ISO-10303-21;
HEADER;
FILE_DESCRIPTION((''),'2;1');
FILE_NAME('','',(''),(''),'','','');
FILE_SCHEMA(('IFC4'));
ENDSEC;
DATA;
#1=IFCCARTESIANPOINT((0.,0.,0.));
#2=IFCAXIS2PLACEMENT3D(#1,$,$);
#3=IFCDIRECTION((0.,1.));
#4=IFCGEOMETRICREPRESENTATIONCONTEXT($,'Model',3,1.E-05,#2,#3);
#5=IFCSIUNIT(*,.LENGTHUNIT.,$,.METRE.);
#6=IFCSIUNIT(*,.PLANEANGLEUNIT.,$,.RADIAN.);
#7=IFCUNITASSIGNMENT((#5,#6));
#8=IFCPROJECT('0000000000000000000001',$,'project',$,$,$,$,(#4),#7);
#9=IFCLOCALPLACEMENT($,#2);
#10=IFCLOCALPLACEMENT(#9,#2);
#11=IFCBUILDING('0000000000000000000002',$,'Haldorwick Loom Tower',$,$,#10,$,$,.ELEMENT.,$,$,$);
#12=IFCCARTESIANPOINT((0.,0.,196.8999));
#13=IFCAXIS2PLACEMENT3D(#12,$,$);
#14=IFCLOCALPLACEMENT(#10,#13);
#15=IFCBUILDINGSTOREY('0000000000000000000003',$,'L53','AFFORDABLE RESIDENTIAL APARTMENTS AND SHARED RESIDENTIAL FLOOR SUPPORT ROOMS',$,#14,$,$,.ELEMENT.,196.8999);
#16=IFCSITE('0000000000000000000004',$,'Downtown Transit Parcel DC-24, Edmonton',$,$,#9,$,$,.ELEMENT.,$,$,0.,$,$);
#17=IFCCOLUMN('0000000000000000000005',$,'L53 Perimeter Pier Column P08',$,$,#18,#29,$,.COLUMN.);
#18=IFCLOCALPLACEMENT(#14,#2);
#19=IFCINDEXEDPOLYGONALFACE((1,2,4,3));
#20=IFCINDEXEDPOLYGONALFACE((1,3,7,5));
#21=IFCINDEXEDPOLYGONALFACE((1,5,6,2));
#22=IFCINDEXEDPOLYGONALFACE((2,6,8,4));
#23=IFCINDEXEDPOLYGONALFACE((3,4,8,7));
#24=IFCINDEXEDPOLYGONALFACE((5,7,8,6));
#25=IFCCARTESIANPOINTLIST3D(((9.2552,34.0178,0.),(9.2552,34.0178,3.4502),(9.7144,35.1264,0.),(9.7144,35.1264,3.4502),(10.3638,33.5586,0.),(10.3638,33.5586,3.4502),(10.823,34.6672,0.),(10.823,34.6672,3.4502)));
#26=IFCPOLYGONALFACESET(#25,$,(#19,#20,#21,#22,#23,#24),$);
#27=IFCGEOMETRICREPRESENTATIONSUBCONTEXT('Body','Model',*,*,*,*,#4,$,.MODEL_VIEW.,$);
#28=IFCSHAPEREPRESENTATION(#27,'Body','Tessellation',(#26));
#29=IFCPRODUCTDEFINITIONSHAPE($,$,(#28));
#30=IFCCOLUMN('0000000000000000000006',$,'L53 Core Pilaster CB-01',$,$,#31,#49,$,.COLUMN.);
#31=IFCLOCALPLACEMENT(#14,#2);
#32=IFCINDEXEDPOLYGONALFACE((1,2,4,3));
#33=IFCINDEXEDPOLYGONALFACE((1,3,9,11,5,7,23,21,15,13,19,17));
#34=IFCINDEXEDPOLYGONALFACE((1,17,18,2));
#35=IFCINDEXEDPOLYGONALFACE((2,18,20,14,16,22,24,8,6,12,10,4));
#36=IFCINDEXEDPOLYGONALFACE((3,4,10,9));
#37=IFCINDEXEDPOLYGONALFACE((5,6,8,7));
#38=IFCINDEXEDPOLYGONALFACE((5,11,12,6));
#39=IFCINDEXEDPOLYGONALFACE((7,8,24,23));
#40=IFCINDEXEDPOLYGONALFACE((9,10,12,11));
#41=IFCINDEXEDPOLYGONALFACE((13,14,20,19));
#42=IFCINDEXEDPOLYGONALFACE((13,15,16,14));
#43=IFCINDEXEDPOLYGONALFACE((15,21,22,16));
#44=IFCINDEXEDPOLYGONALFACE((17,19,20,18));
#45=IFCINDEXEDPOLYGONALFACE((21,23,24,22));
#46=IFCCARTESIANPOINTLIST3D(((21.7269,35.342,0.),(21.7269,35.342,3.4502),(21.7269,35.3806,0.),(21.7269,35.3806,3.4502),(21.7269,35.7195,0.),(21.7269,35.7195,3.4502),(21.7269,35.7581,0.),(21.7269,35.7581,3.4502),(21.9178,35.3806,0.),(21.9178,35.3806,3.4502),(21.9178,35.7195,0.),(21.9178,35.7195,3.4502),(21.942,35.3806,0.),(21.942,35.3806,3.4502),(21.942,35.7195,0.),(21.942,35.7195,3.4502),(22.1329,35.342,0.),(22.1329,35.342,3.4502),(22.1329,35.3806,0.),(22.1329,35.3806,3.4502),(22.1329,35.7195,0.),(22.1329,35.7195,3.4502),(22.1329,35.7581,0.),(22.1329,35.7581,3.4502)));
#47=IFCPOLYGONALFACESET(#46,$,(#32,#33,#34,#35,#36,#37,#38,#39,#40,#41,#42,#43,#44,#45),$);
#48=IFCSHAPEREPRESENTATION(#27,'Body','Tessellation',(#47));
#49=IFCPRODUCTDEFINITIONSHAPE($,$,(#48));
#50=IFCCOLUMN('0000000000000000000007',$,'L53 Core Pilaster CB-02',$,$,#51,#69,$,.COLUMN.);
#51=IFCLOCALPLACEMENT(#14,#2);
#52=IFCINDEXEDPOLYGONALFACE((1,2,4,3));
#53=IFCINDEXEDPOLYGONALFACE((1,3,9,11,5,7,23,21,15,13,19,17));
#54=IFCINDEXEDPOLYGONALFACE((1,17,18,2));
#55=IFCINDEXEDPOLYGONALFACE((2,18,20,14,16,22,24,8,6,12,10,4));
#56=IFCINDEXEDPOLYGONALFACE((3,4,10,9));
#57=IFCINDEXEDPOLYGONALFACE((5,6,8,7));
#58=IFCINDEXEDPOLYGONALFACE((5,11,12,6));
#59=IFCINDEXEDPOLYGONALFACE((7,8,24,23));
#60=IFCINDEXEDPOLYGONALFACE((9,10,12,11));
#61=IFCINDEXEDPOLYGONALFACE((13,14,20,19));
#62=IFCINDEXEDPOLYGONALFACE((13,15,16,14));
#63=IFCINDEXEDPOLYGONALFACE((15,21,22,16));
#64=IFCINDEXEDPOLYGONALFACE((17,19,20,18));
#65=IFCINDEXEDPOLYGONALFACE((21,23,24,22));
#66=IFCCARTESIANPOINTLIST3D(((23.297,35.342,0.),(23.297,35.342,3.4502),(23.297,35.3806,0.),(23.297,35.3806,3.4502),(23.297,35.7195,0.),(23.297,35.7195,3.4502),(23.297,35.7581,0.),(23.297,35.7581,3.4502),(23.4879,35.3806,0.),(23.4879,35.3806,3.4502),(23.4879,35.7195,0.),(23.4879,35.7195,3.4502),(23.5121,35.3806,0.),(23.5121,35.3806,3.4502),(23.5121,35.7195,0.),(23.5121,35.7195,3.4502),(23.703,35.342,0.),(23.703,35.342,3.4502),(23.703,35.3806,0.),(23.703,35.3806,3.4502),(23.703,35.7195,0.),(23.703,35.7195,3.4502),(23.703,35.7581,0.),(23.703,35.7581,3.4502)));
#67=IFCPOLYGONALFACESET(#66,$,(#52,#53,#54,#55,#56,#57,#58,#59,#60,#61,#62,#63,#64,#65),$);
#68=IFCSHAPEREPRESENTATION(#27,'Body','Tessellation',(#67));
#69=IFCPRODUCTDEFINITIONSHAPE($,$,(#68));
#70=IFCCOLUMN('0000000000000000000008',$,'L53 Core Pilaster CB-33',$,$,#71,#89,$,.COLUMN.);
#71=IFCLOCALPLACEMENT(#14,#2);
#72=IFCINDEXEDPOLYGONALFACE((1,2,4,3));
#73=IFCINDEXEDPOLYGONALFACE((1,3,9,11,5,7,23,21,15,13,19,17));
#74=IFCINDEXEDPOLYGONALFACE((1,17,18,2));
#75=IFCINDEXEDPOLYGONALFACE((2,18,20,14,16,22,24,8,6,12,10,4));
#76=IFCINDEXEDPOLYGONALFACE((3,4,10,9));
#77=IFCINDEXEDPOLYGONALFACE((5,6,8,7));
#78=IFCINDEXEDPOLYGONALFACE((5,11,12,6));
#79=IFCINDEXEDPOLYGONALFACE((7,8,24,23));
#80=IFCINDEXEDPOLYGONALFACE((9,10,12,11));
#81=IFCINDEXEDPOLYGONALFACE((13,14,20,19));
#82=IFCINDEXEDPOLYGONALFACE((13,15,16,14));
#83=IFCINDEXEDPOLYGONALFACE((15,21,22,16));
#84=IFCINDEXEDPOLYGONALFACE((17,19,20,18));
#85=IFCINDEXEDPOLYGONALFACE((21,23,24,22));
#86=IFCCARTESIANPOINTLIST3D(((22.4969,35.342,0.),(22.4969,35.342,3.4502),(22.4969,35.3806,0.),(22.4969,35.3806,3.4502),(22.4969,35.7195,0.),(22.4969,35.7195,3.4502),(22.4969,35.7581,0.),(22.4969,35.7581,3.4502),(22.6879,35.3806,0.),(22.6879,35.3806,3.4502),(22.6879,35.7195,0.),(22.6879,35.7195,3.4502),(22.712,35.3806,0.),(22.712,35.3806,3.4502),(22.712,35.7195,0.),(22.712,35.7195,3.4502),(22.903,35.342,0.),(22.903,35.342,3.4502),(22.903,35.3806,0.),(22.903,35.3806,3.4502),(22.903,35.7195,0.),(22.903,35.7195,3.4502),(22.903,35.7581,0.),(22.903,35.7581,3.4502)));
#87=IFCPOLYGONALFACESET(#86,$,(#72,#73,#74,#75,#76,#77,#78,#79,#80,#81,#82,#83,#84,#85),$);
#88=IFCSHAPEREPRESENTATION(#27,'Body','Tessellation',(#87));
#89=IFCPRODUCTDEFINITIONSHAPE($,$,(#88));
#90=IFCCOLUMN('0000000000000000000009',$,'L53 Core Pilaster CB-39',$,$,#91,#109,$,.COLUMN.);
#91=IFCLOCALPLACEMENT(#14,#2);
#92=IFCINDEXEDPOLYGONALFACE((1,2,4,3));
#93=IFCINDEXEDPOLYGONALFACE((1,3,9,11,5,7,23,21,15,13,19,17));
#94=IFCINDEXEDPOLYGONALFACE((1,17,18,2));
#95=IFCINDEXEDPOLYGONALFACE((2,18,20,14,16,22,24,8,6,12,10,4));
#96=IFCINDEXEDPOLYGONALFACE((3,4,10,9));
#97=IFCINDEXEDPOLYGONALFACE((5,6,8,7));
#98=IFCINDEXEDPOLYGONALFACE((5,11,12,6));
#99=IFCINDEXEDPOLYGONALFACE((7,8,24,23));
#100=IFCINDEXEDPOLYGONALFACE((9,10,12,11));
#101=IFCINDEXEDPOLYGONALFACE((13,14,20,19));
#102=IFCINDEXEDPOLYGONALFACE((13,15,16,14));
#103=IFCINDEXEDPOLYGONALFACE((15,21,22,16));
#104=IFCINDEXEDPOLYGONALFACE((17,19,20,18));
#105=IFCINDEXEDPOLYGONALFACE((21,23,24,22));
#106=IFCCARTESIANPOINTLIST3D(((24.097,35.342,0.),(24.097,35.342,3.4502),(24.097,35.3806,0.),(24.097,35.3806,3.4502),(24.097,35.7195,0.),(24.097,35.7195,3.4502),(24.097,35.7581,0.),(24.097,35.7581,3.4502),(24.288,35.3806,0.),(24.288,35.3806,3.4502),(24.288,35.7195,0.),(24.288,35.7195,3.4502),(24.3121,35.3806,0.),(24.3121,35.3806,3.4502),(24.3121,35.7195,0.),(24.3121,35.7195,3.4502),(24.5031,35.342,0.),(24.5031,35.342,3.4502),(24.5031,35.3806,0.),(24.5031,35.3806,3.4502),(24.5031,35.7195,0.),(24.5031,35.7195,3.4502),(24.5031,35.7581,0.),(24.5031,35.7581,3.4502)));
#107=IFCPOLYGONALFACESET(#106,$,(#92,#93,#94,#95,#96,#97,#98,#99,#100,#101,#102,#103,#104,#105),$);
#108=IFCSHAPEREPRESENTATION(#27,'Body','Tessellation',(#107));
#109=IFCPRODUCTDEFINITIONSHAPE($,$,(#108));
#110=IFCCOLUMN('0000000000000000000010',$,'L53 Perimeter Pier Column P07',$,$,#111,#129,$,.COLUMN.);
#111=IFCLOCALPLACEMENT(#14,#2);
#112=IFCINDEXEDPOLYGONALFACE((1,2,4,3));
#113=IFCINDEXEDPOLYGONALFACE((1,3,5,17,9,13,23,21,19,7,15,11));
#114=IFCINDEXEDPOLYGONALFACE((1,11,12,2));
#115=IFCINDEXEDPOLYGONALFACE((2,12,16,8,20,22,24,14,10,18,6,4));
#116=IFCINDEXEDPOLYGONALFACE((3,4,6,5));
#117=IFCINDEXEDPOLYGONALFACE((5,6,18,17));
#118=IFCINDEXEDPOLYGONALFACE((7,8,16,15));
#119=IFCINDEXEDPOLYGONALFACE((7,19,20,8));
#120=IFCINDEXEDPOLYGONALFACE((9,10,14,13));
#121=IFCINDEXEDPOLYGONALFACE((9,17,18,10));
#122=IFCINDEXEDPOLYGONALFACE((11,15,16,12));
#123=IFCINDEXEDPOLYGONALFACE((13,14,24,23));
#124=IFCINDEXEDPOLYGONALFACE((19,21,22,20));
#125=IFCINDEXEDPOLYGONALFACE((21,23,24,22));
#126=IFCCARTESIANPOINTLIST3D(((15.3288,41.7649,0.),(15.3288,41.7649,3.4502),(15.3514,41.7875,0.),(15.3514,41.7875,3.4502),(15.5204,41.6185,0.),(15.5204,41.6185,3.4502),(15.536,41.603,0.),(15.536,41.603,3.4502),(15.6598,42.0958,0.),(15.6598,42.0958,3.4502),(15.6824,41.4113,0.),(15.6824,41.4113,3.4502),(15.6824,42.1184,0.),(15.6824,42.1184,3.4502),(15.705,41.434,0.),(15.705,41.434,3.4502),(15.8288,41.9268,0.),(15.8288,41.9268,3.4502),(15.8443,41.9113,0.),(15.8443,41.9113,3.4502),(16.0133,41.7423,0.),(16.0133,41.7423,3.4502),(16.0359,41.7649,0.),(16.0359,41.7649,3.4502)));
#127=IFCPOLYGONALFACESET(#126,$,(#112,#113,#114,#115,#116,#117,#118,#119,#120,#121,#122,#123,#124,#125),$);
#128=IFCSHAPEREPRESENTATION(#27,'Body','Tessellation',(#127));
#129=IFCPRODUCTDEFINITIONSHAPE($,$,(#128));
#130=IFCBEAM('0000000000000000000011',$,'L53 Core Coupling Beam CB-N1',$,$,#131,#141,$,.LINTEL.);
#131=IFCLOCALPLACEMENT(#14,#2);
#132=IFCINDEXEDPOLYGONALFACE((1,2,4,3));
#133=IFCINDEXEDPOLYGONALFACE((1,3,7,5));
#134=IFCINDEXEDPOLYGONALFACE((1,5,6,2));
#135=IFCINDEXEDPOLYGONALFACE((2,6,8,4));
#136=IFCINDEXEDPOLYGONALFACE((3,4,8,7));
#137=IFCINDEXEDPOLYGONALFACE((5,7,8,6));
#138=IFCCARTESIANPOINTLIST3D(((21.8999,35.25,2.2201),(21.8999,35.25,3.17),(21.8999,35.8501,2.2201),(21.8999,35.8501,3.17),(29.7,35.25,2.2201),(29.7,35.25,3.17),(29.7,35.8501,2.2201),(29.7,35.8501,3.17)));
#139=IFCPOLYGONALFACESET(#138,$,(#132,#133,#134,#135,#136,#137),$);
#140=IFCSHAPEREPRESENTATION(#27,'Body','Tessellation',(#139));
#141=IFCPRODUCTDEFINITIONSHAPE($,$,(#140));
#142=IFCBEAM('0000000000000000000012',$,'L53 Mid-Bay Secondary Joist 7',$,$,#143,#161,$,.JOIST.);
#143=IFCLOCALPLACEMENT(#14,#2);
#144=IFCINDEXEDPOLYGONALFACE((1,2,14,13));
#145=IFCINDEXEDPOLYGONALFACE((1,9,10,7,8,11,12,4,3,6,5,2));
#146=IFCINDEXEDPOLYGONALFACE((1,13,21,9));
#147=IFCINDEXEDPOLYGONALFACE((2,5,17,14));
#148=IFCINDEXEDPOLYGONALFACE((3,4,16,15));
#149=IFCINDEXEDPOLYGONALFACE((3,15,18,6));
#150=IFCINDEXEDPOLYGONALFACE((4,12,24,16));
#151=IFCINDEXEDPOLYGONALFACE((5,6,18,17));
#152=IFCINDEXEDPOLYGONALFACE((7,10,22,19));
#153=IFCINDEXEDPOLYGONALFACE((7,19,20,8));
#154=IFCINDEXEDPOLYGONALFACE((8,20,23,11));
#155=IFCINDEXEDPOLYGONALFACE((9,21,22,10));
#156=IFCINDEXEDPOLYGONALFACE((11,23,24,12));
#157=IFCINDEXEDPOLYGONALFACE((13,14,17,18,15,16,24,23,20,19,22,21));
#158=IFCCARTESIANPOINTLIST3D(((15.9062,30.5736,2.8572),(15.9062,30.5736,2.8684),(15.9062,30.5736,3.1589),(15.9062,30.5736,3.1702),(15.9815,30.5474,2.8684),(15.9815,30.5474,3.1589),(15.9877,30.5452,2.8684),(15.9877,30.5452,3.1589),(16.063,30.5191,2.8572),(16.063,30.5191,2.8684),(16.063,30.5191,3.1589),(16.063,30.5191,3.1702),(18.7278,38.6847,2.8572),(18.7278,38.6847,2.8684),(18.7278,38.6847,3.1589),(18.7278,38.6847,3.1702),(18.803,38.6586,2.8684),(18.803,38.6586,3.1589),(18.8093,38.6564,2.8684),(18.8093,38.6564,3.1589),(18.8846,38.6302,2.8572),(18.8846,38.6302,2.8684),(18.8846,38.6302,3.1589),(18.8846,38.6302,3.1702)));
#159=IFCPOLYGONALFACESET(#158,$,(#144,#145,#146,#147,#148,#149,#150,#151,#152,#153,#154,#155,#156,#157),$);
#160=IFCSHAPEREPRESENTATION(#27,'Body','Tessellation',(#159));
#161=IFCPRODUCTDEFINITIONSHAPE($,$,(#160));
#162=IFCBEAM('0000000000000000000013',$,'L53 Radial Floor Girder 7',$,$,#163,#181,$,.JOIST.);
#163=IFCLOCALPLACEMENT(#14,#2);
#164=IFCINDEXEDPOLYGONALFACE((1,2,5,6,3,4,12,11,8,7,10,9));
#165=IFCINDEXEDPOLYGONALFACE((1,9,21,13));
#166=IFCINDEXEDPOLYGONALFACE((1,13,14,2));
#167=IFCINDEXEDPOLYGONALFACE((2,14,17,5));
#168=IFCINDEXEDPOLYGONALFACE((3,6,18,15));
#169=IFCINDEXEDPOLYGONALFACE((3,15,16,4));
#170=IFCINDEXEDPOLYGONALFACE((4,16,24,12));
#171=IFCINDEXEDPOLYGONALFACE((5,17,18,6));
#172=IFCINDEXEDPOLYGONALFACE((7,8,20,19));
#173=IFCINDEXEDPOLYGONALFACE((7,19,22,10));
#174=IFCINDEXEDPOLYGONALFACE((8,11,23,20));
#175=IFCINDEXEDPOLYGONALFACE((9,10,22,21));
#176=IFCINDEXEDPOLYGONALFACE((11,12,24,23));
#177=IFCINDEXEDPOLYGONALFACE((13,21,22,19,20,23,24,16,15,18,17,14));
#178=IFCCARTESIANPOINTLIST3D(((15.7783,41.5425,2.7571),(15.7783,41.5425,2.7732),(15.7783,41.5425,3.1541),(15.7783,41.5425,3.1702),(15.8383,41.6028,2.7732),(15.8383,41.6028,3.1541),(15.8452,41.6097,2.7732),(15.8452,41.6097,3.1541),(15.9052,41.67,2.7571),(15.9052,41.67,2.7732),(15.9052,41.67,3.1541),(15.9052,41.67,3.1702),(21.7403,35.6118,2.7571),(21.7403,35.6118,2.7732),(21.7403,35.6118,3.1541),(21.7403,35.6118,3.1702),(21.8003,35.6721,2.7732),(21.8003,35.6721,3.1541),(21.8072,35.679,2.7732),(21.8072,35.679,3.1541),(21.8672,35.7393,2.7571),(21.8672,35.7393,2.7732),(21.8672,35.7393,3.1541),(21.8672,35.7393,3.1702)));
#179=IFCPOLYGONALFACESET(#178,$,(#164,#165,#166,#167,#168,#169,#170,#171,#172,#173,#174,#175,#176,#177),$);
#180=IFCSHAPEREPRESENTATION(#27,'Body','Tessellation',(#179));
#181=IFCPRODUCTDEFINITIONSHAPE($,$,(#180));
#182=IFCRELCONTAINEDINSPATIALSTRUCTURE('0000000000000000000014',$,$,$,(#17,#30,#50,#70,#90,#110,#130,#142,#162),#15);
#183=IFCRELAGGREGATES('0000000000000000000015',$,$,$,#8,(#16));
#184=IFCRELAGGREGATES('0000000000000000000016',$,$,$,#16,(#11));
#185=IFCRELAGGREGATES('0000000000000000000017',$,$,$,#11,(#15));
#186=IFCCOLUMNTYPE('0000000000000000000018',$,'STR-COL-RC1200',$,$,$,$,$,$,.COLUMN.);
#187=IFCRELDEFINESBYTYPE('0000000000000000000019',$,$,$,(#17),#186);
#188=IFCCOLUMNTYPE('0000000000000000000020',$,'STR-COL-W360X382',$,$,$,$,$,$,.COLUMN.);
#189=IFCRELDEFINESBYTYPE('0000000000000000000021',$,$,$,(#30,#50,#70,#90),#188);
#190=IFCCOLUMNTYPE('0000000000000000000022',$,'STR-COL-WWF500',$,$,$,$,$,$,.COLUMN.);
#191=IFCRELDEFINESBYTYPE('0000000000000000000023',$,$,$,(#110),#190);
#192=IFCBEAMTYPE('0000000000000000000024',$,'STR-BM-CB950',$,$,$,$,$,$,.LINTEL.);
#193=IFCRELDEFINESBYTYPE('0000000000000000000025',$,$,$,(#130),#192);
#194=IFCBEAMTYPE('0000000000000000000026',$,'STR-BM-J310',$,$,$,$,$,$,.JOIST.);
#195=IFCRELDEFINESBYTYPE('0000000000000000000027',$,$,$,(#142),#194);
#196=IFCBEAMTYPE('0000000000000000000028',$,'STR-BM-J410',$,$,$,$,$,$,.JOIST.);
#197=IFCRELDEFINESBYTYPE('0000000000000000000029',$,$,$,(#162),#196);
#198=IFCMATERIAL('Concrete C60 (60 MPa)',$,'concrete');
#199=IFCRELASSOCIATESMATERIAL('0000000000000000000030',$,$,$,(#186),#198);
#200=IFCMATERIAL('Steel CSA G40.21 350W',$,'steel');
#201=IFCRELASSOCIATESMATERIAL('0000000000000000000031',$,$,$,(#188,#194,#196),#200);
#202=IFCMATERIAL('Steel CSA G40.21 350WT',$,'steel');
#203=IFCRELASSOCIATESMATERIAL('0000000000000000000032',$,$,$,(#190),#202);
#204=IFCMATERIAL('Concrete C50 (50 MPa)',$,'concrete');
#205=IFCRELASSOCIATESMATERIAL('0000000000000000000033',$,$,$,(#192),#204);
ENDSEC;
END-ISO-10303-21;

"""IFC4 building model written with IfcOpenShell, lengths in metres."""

from ifc_helpers import new_model, si_unit, direction, frame, origin, origin_2d, place, context, subcontext, project, spatial, rectangle, i_section, extrude, material, material_profile, profile_set, type_object, element, save


model = new_model("IFC4")

# Units and contexts
model_context = context("Model", 3, precision=1e-05, world=origin(), true_north=direction((0.0, 1.0)))
body_context = subcontext(model_context, "Body", "Model", "MODEL_VIEW")
ifc_project = project(units=[si_unit("LENGTHUNIT", "METRE"), si_unit("PLANEANGLEUNIT", "RADIAN")], contexts=[model_context])

# Site, building, storey
site_placement = place(None, origin())
site = spatial("IfcSite", under=ifc_project, at=site_placement, Name="Downtown Transit Parcel DC-24, Edmonton", CompositionType="ELEMENT", RefElevation=0.0)
building_placement = place(site_placement, origin())
building = spatial("IfcBuilding", under=site, at=building_placement, Name="Haldorwick Loom Tower", CompositionType="ELEMENT")
storey_placement = place(building_placement, frame((0.0, 0.0, 196.8999)))
storey = spatial("IfcBuildingStorey", under=building, at=storey_placement, Name="L53", Description="AFFORDABLE RESIDENTIAL APARTMENTS AND SHARED RESIDENTIAL FLOOR SUPPORT ROOMS", CompositionType="ELEMENT", Elevation=196.8999)

# Columns
ifc_material_1 = material(Name="Concrete C60 (60 MPa)", Category="concrete")
ifc_material_profile_1 = material_profile(ifc_material_1, rectangle(XDim=1.2, YDim=1.2, at=origin_2d()), Name="RC1200X1200", Category="concrete")
ifc_profile_set_1 = profile_set([ifc_material_profile_1], Name="Concrete C60 (60 MPa)")
column_type_1 = type_object("IfcColumnType", Name="STR-COL-RC1200", PredefinedType="COLUMN", material=ifc_profile_set_1)
column_1_placement = place(storey_placement, frame((10.0391, 34.3425, 0.0), z_axis=(0.0, 0.0, 1.0), x_axis=(-0.92388, 0.382683, 0.0)))
element("IfcColumn", 1, at=column_1_placement, inside=storey, type_object=column_type_1, Name="L53 Perimeter Pier Column P08", PredefinedType="COLUMN", context=body_context, shape_type="SweptSolid", body=[
    extrude(rectangle(XDim=1.2, YDim=1.2, at=origin_2d()), origin(), (0.0, 0.0, 1.0), 3.4502),
])
ifc_material_2 = material(Name="Steel CSA G40.21 350W", Category="steel")
ifc_material_profile_2 = material_profile(ifc_material_2, i_section(OverallWidth=0.406, OverallDepth=0.416, WebThickness=0.0242, FlangeThickness=0.0386, at=origin_2d()), Name="W360X382", Category="steel")
ifc_profile_set_2 = profile_set([ifc_material_profile_2], Name="Steel CSA G40.21 350W")
column_type_2 = type_object("IfcColumnType", Name="STR-COL-W360X382", PredefinedType="COLUMN", material=ifc_profile_set_2)
for number, where, z_axis, x_axis, name in (
    (2, (21.9299, 35.55, 0.0), (0.0, 0.0, 1.0), (1.0, 0.0, 0.0), "L53 Core Pilaster CB-01"),
    (3, (23.5, 35.55, 0.0), (0.0, 0.0, 1.0), (1.0, 0.0, 0.0), "L53 Core Pilaster CB-02"),
    (4, (22.7, 35.55, 0.0), (0.0, 0.0, 1.0), (1.0, 0.0, 0.0), "L53 Core Pilaster CB-33"),
    (5, (24.3, 35.55, 0.0), (0.0, 0.0, 1.0), (1.0, 0.0, 0.0), "L53 Core Pilaster CB-39"),
):
    element("IfcColumn", number, at=place(storey_placement, frame(where, z_axis=z_axis, x_axis=x_axis)), inside=storey, type_object=column_type_2, Name=name, PredefinedType="COLUMN", context=body_context, shape_type="SweptSolid", body=[
        extrude(i_section(OverallWidth=0.406, OverallDepth=0.416, WebThickness=0.0242, FlangeThickness=0.0386, at=origin_2d()), origin(), (0.0, 0.0, 1.0), 3.4502),
    ])
ifc_material_3 = material(Name="Steel CSA G40.21 350WT", Category="steel")
ifc_material_profile_3 = material_profile(ifc_material_3, i_section(OverallWidth=0.5, OverallDepth=0.5, WebThickness=0.022, FlangeThickness=0.032, at=origin_2d()), Name="WWF500X500", Category="steel")
ifc_profile_set_3 = profile_set([ifc_material_profile_3], Name="Steel CSA G40.21 350WT")
column_type_3 = type_object("IfcColumnType", Name="STR-COL-WWF500", PredefinedType="COLUMN", material=ifc_profile_set_3)
column_2_placement = place(storey_placement, frame((15.6824, 41.7649, 0.0), z_axis=(0.0, 0.0, 1.0), x_axis=(-0.707107, 0.707107, 0.0)))
element("IfcColumn", 6, at=column_2_placement, inside=storey, type_object=column_type_3, Name="L53 Perimeter Pier Column P07", PredefinedType="COLUMN", context=body_context, shape_type="SweptSolid", body=[
    extrude(i_section(OverallWidth=0.5, OverallDepth=0.5, WebThickness=0.022, FlangeThickness=0.032, at=origin_2d()), origin(), (0.0, 0.0, 1.0), 3.4502),
])

# Beams
ifc_material_4 = material(Name="Concrete C50 (50 MPa)", Category="concrete")
ifc_material_profile_4 = material_profile(ifc_material_4, rectangle(XDim=0.6001, YDim=0.95, at=origin_2d()), Name="RC600X950", Category="concrete")
ifc_profile_set_4 = profile_set([ifc_material_profile_4], Name="Concrete C50 (50 MPa)")
beam_type_1 = type_object("IfcBeamType", Name="STR-BM-CB950", PredefinedType="LINTEL", material=ifc_profile_set_4)
beam_1_placement = place(storey_placement, frame((21.8999, 35.55, 2.6951), z_axis=(1.0, 0.0, 0.0), x_axis=(0.0, 1.0, 0.0)))
element("IfcBeam", 7, at=beam_1_placement, inside=storey, type_object=beam_type_1, Name="L53 Core Coupling Beam CB-N1", PredefinedType="LINTEL", context=body_context, shape_type="SweptSolid", body=[
    extrude(rectangle(XDim=0.6001, YDim=0.95, at=origin_2d()), origin(), (0.0, 0.0, 1.0), 7.8),
])
ifc_material_profile_5 = material_profile(ifc_material_2, i_section(OverallWidth=0.166, OverallDepth=0.313, WebThickness=0.0066, FlangeThickness=0.0112, at=origin_2d()), Name="W310X45", Category="steel")
ifc_profile_set_5 = profile_set([ifc_material_profile_5], Name="Steel CSA G40.21 350W")
beam_type_2 = type_object("IfcBeamType", Name="STR-BM-J310", PredefinedType="JOIST", material=ifc_profile_set_5)
beam_2_placement = place(storey_placement, frame((18.8062, 38.6575, 3.0137), z_axis=(-0.32855, -0.944486, 0.0), x_axis=(0.944486, -0.32855, 0.0)))
element("IfcBeam", 8, at=beam_2_placement, inside=storey, type_object=beam_type_2, Name="L53 Mid-Bay Secondary Joist 7", PredefinedType="JOIST", context=body_context, shape_type="SweptSolid", body=[
    extrude(i_section(OverallWidth=0.166, OverallDepth=0.313, WebThickness=0.0066, FlangeThickness=0.0112, at=origin_2d()), origin(), (0.0, 0.0, 1.0), 8.5879),
])
ifc_material_profile_6 = material_profile(ifc_material_2, i_section(OverallWidth=0.1799, OverallDepth=0.4131, WebThickness=0.0098, FlangeThickness=0.0161, at=origin_2d()), Name="W410X74", Category="steel")
ifc_profile_set_6 = profile_set([ifc_material_profile_6], Name="Steel CSA G40.21 350W")
beam_type_3 = type_object("IfcBeamType", Name="STR-BM-J410", PredefinedType="JOIST", material=ifc_profile_set_6)
beam_3_placement = place(storey_placement, frame((21.8037, 35.6755, 2.9636), z_axis=(-0.708962, 0.705246, 0.0), x_axis=(-0.705246, -0.708962, 0.0)))
element("IfcBeam", 9, at=beam_3_placement, inside=storey, type_object=beam_type_3, Name="L53 Radial Floor Girder 7", PredefinedType="JOIST", context=body_context, shape_type="SweptSolid", body=[
    extrude(i_section(OverallWidth=0.1799, OverallDepth=0.4131, WebThickness=0.0098, FlangeThickness=0.0161, at=origin_2d()), origin(), (0.0, 0.0, 1.0), 8.4094),
])

save(model, "model.ifc")
